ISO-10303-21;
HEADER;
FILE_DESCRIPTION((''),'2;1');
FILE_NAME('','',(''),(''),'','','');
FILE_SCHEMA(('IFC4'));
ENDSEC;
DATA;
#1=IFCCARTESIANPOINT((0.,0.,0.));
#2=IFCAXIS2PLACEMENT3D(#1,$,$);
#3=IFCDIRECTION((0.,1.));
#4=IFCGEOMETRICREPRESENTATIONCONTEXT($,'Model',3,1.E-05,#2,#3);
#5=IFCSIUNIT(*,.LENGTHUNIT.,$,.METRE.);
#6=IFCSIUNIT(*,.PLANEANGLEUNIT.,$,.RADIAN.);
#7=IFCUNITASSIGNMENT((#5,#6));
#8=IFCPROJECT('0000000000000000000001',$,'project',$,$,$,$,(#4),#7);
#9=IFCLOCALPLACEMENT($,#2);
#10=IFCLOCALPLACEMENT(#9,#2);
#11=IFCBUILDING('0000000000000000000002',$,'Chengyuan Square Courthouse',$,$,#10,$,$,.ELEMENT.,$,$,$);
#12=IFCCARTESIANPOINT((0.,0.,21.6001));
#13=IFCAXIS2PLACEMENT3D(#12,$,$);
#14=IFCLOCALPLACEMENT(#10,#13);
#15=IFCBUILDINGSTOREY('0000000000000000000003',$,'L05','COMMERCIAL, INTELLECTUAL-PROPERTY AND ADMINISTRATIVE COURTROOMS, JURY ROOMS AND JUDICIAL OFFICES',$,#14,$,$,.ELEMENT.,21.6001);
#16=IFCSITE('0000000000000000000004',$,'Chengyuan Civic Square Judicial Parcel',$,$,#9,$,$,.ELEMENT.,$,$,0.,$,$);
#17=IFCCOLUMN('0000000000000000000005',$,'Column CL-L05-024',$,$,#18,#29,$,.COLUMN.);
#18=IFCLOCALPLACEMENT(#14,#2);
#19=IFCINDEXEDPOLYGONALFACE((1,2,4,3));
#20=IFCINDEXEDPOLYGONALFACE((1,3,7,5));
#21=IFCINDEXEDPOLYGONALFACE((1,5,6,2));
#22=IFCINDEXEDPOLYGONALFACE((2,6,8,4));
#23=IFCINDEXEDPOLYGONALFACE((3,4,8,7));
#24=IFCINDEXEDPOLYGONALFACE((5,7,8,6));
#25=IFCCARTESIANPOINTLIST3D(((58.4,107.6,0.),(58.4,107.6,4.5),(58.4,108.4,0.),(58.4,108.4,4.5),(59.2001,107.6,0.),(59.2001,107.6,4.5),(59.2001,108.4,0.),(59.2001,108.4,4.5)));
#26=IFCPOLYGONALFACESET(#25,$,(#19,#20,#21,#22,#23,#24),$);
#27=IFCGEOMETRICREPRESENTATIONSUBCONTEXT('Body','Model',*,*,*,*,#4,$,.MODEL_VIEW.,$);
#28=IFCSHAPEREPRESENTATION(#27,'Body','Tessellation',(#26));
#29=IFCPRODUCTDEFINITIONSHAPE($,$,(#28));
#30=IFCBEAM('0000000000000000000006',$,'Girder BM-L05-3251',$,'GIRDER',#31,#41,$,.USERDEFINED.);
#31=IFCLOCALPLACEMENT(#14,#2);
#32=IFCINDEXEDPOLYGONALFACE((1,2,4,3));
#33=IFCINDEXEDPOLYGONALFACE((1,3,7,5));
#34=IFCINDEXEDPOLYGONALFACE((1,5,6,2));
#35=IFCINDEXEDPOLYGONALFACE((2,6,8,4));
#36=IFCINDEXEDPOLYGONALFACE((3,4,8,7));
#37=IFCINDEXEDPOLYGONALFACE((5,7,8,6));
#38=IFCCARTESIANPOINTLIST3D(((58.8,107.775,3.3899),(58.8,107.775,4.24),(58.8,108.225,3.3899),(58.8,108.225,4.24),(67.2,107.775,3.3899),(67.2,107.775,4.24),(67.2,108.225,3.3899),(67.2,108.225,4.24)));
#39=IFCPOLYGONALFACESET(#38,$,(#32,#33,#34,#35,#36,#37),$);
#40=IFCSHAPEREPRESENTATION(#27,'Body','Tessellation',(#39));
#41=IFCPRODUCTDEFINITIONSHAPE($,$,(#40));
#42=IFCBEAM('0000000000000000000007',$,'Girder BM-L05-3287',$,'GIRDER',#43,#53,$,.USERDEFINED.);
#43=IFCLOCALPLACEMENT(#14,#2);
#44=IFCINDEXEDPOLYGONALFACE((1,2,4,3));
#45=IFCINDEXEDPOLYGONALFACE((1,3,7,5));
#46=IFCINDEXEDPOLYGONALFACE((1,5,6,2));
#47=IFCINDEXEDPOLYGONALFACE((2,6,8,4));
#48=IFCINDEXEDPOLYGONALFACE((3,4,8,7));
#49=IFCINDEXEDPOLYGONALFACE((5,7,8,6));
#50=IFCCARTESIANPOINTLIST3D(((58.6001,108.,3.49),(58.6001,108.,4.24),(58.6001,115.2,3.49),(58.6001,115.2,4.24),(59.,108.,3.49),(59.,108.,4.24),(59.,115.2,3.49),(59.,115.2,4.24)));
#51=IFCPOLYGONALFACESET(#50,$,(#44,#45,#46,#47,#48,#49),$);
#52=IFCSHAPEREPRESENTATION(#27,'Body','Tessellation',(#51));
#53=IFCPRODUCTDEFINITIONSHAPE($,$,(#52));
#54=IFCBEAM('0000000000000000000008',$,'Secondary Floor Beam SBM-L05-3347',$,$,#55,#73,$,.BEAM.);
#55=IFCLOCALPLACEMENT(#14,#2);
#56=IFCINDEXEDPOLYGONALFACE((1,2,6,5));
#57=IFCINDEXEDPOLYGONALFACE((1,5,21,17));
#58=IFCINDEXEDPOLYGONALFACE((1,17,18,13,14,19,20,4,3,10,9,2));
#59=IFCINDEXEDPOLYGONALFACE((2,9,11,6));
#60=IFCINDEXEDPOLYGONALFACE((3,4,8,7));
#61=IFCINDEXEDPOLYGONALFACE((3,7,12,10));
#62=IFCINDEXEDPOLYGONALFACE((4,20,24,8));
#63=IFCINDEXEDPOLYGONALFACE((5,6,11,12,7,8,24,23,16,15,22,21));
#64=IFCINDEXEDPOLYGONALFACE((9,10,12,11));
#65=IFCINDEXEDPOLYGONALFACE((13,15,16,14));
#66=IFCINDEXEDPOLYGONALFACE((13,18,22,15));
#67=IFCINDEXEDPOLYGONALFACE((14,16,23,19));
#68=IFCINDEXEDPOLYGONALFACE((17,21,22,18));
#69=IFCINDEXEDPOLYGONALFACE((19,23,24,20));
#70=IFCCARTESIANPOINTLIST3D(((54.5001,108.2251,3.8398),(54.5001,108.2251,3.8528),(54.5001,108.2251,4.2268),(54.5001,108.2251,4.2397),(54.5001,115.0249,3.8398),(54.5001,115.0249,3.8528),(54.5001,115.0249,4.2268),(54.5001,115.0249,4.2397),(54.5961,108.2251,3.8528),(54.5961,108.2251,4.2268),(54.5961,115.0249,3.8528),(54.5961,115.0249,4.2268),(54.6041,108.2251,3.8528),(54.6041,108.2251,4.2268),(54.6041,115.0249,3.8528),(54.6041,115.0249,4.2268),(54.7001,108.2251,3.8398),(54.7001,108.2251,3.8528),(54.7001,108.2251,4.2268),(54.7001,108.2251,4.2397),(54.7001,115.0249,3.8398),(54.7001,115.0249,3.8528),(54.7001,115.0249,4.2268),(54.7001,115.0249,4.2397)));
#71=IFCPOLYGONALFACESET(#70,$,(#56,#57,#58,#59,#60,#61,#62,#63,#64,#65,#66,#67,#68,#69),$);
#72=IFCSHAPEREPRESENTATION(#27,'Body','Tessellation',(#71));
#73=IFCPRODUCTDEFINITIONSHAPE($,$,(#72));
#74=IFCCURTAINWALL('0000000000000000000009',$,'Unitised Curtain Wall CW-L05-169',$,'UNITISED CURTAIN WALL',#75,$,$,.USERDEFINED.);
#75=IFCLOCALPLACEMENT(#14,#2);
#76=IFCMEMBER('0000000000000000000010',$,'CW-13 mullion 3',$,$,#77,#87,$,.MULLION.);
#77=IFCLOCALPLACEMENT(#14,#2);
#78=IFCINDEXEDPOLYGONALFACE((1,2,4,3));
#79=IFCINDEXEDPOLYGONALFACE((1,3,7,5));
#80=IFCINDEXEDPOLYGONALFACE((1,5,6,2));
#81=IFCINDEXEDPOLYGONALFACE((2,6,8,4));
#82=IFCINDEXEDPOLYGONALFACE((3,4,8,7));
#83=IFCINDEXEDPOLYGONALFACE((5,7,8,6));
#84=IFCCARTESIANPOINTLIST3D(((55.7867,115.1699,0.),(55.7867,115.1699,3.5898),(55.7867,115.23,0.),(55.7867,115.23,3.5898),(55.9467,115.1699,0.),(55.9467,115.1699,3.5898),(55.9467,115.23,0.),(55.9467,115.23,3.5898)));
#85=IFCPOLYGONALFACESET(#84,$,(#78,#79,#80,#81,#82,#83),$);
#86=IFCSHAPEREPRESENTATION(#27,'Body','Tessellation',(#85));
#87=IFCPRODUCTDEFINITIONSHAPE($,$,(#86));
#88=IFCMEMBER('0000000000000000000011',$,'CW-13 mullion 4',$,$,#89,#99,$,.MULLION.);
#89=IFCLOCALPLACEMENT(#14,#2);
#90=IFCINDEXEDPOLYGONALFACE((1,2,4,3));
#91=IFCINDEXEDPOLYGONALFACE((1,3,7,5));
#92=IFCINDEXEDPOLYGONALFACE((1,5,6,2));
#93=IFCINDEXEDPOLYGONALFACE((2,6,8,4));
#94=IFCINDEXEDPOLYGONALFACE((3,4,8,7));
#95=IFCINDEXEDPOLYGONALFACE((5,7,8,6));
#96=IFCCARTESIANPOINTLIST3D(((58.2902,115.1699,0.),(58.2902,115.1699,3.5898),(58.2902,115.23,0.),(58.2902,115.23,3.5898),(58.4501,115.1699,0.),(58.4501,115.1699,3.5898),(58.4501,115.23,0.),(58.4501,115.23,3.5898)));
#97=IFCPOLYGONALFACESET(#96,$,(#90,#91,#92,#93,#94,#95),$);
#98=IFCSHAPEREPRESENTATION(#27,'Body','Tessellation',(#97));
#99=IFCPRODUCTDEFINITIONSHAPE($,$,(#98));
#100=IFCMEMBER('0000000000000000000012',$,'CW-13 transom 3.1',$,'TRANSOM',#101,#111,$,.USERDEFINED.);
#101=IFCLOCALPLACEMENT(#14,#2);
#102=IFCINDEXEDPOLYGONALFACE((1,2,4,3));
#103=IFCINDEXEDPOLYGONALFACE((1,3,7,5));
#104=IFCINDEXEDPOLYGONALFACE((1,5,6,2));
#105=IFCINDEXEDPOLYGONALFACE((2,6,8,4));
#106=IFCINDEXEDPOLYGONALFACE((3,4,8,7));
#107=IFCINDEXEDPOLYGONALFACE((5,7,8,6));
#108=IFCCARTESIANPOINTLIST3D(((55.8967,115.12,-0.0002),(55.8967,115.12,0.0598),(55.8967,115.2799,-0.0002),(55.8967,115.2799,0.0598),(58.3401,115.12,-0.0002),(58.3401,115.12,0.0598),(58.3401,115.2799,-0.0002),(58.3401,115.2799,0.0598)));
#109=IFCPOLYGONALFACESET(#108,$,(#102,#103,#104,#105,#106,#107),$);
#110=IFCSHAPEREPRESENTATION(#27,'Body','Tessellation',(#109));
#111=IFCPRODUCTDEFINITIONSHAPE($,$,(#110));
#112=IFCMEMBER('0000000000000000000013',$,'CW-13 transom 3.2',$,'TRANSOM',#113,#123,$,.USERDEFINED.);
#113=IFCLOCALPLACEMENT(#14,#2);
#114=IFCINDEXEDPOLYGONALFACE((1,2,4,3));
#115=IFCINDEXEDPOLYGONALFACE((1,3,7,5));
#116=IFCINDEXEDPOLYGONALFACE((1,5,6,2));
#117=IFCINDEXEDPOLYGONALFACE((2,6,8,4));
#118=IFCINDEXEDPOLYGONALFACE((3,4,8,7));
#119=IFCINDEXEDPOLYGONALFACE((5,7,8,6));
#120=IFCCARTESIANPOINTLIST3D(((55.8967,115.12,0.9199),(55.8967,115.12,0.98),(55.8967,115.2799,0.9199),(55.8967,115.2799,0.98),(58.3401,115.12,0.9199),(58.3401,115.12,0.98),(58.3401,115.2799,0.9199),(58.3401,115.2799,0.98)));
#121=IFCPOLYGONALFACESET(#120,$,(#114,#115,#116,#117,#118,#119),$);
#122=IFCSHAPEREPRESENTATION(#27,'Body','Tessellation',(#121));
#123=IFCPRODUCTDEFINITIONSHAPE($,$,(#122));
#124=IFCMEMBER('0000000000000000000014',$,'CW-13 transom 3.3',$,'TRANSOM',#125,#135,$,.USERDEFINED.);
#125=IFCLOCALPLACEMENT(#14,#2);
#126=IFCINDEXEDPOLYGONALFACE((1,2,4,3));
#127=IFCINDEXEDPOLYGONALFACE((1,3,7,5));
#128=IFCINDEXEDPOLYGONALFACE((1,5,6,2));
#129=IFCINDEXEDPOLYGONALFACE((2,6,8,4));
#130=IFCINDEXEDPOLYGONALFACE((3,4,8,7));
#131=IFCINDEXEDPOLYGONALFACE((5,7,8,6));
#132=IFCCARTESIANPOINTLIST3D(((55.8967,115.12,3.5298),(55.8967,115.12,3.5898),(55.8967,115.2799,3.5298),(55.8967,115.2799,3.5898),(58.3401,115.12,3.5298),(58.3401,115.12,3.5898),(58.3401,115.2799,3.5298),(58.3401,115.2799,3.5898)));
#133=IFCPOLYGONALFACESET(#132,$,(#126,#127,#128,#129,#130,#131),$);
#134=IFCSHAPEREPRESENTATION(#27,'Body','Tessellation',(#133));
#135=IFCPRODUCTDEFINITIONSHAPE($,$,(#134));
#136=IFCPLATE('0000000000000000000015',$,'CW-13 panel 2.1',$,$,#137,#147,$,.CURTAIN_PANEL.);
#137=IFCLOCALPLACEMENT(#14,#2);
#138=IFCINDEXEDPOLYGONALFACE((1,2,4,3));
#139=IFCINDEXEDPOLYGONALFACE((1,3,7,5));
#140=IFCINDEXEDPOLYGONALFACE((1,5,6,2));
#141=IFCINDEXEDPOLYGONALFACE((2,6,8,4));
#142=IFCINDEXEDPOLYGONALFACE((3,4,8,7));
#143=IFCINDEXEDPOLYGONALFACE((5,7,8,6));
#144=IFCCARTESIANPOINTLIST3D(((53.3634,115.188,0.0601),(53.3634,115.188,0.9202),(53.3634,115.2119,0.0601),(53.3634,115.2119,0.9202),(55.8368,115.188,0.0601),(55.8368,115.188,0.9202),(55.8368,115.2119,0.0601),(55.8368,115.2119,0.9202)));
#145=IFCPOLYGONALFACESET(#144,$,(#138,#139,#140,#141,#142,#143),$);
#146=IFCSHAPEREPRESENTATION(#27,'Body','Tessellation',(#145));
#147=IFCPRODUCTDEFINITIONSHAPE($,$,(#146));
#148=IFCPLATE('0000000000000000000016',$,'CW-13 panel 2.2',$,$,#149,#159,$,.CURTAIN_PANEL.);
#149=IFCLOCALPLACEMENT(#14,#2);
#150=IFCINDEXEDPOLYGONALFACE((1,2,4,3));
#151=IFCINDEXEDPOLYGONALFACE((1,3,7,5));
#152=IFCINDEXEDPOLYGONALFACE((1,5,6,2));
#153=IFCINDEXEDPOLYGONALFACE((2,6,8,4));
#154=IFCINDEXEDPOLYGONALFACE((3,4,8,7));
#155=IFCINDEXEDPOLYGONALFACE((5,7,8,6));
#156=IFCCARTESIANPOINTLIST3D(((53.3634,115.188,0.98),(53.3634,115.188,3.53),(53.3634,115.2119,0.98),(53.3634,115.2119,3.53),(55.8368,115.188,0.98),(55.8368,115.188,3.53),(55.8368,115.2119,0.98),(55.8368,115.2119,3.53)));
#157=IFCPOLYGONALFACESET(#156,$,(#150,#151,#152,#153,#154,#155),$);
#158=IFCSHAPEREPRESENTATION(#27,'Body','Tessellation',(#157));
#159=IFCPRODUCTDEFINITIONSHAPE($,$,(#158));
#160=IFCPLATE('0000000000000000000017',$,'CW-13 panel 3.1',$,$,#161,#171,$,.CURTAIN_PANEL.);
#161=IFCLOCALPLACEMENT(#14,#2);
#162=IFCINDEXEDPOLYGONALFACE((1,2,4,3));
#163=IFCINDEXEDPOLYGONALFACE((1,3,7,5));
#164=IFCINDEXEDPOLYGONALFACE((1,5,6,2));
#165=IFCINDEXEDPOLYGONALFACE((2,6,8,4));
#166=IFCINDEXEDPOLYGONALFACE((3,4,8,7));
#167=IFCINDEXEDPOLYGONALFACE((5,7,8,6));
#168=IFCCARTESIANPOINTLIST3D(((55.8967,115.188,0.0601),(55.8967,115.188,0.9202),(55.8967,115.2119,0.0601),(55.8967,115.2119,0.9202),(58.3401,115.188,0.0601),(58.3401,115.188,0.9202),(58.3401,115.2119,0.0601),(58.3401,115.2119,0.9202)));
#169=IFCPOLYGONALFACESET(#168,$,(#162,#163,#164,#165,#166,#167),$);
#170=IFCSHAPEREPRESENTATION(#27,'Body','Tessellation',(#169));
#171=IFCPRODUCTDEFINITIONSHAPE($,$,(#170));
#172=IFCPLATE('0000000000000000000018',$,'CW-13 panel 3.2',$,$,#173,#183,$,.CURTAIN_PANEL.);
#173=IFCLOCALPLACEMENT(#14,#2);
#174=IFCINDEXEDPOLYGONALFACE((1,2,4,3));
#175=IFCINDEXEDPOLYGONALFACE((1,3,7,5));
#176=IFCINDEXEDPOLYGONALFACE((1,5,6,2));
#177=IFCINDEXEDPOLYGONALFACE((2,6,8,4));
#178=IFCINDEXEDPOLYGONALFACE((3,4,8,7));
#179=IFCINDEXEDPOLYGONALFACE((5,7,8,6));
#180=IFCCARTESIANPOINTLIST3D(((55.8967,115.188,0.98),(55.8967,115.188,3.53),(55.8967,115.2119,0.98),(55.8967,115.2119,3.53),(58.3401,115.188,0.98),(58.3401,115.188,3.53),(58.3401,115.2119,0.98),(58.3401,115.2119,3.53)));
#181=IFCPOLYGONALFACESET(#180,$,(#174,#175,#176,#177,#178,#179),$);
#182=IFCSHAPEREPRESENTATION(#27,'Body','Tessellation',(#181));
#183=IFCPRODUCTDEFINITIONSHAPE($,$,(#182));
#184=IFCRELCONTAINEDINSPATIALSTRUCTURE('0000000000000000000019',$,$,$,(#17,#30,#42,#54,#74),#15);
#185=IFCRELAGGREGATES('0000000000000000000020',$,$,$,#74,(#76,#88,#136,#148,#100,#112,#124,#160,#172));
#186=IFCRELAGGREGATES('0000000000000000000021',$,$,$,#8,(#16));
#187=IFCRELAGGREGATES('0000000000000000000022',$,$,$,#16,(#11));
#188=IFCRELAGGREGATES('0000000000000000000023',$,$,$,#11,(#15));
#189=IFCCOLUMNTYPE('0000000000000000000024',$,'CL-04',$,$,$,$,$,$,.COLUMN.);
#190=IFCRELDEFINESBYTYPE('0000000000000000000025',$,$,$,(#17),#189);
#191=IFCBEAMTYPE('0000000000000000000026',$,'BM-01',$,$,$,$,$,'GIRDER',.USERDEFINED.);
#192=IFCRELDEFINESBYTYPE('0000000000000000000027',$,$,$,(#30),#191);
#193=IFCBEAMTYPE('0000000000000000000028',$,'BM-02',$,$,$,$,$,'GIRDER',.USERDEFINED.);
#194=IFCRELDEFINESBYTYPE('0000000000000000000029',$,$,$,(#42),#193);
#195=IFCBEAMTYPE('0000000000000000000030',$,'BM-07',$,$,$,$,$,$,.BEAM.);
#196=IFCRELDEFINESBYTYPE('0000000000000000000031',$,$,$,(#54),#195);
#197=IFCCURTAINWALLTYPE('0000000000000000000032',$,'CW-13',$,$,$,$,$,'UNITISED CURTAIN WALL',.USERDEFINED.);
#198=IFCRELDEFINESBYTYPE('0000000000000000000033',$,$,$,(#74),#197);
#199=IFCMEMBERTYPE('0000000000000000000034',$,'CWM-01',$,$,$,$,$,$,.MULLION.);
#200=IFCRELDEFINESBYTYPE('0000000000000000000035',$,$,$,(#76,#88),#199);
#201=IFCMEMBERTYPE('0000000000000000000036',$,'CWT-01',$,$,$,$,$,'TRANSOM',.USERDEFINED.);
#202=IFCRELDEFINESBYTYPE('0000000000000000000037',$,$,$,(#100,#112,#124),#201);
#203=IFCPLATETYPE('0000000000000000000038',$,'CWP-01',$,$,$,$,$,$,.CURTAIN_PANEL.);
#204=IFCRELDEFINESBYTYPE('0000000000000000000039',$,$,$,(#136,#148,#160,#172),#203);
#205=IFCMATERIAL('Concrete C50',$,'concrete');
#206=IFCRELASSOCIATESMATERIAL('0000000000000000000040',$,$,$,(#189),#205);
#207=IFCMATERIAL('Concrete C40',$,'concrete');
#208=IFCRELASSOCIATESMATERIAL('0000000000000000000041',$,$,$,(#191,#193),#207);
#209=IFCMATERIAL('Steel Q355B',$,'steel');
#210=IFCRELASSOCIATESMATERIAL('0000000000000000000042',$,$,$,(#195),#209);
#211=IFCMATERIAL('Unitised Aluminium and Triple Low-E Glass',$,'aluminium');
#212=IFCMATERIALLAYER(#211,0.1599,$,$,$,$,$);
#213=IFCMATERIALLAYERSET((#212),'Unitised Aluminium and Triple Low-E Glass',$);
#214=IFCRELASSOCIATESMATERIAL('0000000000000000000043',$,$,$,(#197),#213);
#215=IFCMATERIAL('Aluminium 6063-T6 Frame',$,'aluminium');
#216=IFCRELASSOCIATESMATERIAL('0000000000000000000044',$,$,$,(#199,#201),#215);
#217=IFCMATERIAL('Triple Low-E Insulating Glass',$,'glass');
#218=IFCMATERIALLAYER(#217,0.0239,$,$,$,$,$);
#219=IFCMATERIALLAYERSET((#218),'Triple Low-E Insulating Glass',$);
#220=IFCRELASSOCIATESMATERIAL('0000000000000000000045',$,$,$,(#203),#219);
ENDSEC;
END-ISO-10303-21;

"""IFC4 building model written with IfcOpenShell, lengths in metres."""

from ifc_helpers import new_model, si_unit, direction, frame, origin, origin_2d, place, context, subcontext, project, spatial, rectangle, i_section, extrude, material, layer, layer_set, material_profile, profile_set, type_object, element, aggregate, save


model = new_model("IFC4")

# Units and contexts
model_context = context("Model", 3, precision=1e-05, world=origin(), true_north=direction((0.0, 1.0)))
body_context = subcontext(model_context, "Body", "Model", "MODEL_VIEW")
ifc_project = project(units=[si_unit("LENGTHUNIT", "METRE"), si_unit("PLANEANGLEUNIT", "RADIAN")], contexts=[model_context])

# Site, building, storey
site_placement = place(None, origin())
site = spatial("IfcSite", under=ifc_project, at=site_placement, Name="Chengyuan Civic Square Judicial Parcel", CompositionType="ELEMENT", RefElevation=0.0)
building_placement = place(site_placement, origin())
building = spatial("IfcBuilding", under=site, at=building_placement, Name="Chengyuan Square Courthouse", CompositionType="ELEMENT")
storey_placement = place(building_placement, frame((0.0, 0.0, 21.6001)))
storey = spatial("IfcBuildingStorey", under=building, at=storey_placement, Name="L05", Description="COMMERCIAL, INTELLECTUAL-PROPERTY AND ADMINISTRATIVE COURTROOMS, JURY ROOMS AND JUDICIAL OFFICES", CompositionType="ELEMENT", Elevation=21.6001)

# Column
ifc_material_1 = material(Name="Concrete C50", Category="concrete")
ifc_material_profile_1 = material_profile(ifc_material_1, rectangle(XDim=0.8, YDim=0.8, at=origin_2d()), Name="RC-COL-800x800")
ifc_profile_set_1 = profile_set([ifc_material_profile_1], Name="Concrete C50")
column_type = type_object("IfcColumnType", Name="CL-04", PredefinedType="COLUMN", material=ifc_profile_set_1)
column_placement = place(storey_placement, frame((58.8, 108.0, 0.0), z_axis=(0.0, 0.0, 1.0), x_axis=(1.0, 0.0, 0.0)))
element("IfcColumn", 1, at=column_placement, inside=storey, type_object=column_type, Name="Column CL-L05-024", PredefinedType="COLUMN", context=body_context, shape_type="SweptSolid", body=[
    extrude(rectangle(XDim=0.8, YDim=0.8, at=origin_2d()), origin(), (0.0, 0.0, 1.0), 4.5),
])

# Beams
ifc_material_2 = material(Name="Concrete C40", Category="concrete")
ifc_material_profile_2 = material_profile(ifc_material_2, rectangle(XDim=0.45, YDim=0.8501, at=origin_2d()), Name="RC-BM-450x850")
ifc_profile_set_2 = profile_set([ifc_material_profile_2], Name="Concrete C40")
beam_type_1 = type_object("IfcBeamType", Name="BM-01", ElementType="GIRDER", PredefinedType="USERDEFINED", material=ifc_profile_set_2)
beam_1_placement = place(storey_placement, frame((58.8, 108.0, 3.8149), z_axis=(1.0, 0.0, 0.0), x_axis=(0.0, 1.0, 0.0)))
element("IfcBeam", 2, at=beam_1_placement, inside=storey, type_object=beam_type_1, Name="Girder BM-L05-3251", ObjectType="GIRDER", PredefinedType="USERDEFINED", context=body_context, shape_type="SweptSolid", body=[
    extrude(rectangle(XDim=0.45, YDim=0.8501, at=origin_2d()), origin(), (0.0, 0.0, 1.0), 8.3999),
])
ifc_material_profile_3 = material_profile(ifc_material_2, rectangle(XDim=0.3999, YDim=0.75, at=origin_2d()), Name="RC-BM-400x750")
ifc_profile_set_3 = profile_set([ifc_material_profile_3], Name="Concrete C40")
beam_type_2 = type_object("IfcBeamType", Name="BM-02", ElementType="GIRDER", PredefinedType="USERDEFINED", material=ifc_profile_set_3)
beam_2_placement = place(storey_placement, frame((58.8, 108.0, 3.865), z_axis=(0.0, 1.0, 0.0), x_axis=(-1.0, 0.0, 0.0)))
element("IfcBeam", 3, at=beam_2_placement, inside=storey, type_object=beam_type_2, Name="Girder BM-L05-3287", ObjectType="GIRDER", PredefinedType="USERDEFINED", context=body_context, shape_type="SweptSolid", body=[
    extrude(rectangle(XDim=0.3999, YDim=0.75, at=origin_2d()), origin(), (0.0, 0.0, 1.0), 7.2),
])
ifc_material_3 = material(Name="Steel Q355B", Category="steel")
ifc_material_profile_4 = material_profile(ifc_material_3, i_section(OverallWidth=0.2, OverallDepth=0.3999, WebThickness=0.0081, FlangeThickness=0.0129, at=origin_2d()), Name="HN 400x200x8x13")
ifc_profile_set_4 = profile_set([ifc_material_profile_4], Name="Steel Q355B")
beam_type_3 = type_object("IfcBeamType", Name="BM-07", PredefinedType="BEAM", material=ifc_profile_set_4)
beam_3_placement = place(storey_placement, frame((54.6001, 108.2251, 4.0398), z_axis=(0.0, 1.0, 0.0), x_axis=(-1.0, 0.0, 0.0)))
element("IfcBeam", 4, at=beam_3_placement, inside=storey, type_object=beam_type_3, Name="Secondary Floor Beam SBM-L05-3347", PredefinedType="BEAM", context=body_context, shape_type="SweptSolid", body=[
    extrude(i_section(OverallWidth=0.2, OverallDepth=0.3999, WebThickness=0.0081, FlangeThickness=0.0129, at=origin_2d()), origin(), (0.0, 0.0, 1.0), 6.7998),
])

# Curtain wall, members, plates
ifc_material_4 = material(Name="Unitised Aluminium and Triple Low-E Glass", Category="aluminium")
ifc_layer_1 = layer(ifc_material_4, 0.1599)
ifc_layer_set_1 = layer_set([ifc_layer_1], Name="Unitised Aluminium and Triple Low-E Glass")
curtain_wall_type = type_object("IfcCurtainWallType", Name="CW-13", ElementType="UNITISED CURTAIN WALL", PredefinedType="USERDEFINED", material=ifc_layer_set_1)
curtain_wall_placement = place(storey_placement, origin())
curtain_wall = element("IfcCurtainWall", 5, at=curtain_wall_placement, inside=storey, type_object=curtain_wall_type, Name="Unitised Curtain Wall CW-L05-169", ObjectType="UNITISED CURTAIN WALL", PredefinedType="USERDEFINED")
ifc_material_5 = material(Name="Aluminium 6063-T6 Frame", Category="aluminium")
ifc_material_profile_5 = material_profile(ifc_material_5, rectangle(XDim=0.0601, YDim=0.1599, at=origin_2d()), Name="CW-MUL-60x160")
ifc_profile_set_5 = profile_set([ifc_material_profile_5], Name="Aluminium 6063-T6 Frame")
member_type_1 = type_object("IfcMemberType", Name="CWM-01", PredefinedType="MULLION", material=ifc_profile_set_5)
member_1_placement = place(storey_placement, frame((55.8667, 115.2, 0.0), z_axis=(0.0, 0.0, 1.0), x_axis=(0.0, 1.0, 0.0)))
member_1 = element("IfcMember", 6, at=member_1_placement, type_object=member_type_1, Name="CW-13 mullion 3", PredefinedType="MULLION", context=body_context, shape_type="SweptSolid", body=[
    extrude(rectangle(XDim=0.0601, YDim=0.1599, at=origin_2d()), origin(), (0.0, 0.0, 1.0), 3.5898),
])
member_2_placement = place(storey_placement, frame((58.3701, 115.2, 0.0), z_axis=(0.0, 0.0, 1.0), x_axis=(0.0, 1.0, 0.0)))
member_2 = element("IfcMember", 7, at=member_2_placement, type_object=member_type_1, Name="CW-13 mullion 4", PredefinedType="MULLION", context=body_context, shape_type="SweptSolid", body=[
    extrude(rectangle(XDim=0.0601, YDim=0.1599, at=origin_2d()), origin(), (0.0, 0.0, 1.0), 3.5898),
])
ifc_material_profile_6 = material_profile(ifc_material_5, rectangle(XDim=0.1599, YDim=0.0601, at=origin_2d()), Name="CW-TRN-60x120")
ifc_profile_set_6 = profile_set([ifc_material_profile_6], Name="Aluminium 6063-T6 Frame")
member_type_2 = type_object("IfcMemberType", Name="CWT-01", ElementType="TRANSOM", PredefinedType="USERDEFINED", material=ifc_profile_set_6)
member_3_placement = place(storey_placement, frame((55.8967, 115.2, 0.0298), z_axis=(1.0, 0.0, 0.0), x_axis=(0.0, 1.0, 0.0)))
member_3 = element("IfcMember", 8, at=member_3_placement, type_object=member_type_2, Name="CW-13 transom 3.1", ObjectType="TRANSOM", PredefinedType="USERDEFINED", context=body_context, shape_type="SweptSolid", body=[
    extrude(rectangle(XDim=0.1599, YDim=0.0601, at=origin_2d()), origin(), (0.0, 0.0, 1.0), 2.4434),
])
member_4_placement = place(storey_placement, frame((55.8967, 115.2, 0.95), z_axis=(1.0, 0.0, 0.0), x_axis=(0.0, 1.0, 0.0)))
member_4 = element("IfcMember", 9, at=member_4_placement, type_object=member_type_2, Name="CW-13 transom 3.2", ObjectType="TRANSOM", PredefinedType="USERDEFINED", context=body_context, shape_type="SweptSolid", body=[
    extrude(rectangle(XDim=0.1599, YDim=0.0601, at=origin_2d()), origin(), (0.0, 0.0, 1.0), 2.4434),
])
member_5_placement = place(storey_placement, frame((55.8967, 115.2, 3.5598), z_axis=(1.0, 0.0, 0.0), x_axis=(0.0, 1.0, 0.0)))
member_5 = element("IfcMember", 10, at=member_5_placement, type_object=member_type_2, Name="CW-13 transom 3.3", ObjectType="TRANSOM", PredefinedType="USERDEFINED", context=body_context, shape_type="SweptSolid", body=[
    extrude(rectangle(XDim=0.1599, YDim=0.0601, at=origin_2d()), origin(), (0.0, 0.0, 1.0), 2.4434),
])
ifc_material_6 = material(Name="Triple Low-E Insulating Glass", Category="glass")
ifc_layer_2 = layer(ifc_material_6, 0.0239)
ifc_layer_set_2 = layer_set([ifc_layer_2], Name="Triple Low-E Insulating Glass")
plate_type = type_object("IfcPlateType", Name="CWP-01", PredefinedType="CURTAIN_PANEL", material=ifc_layer_set_2)
plate_1_placement = place(storey_placement, frame((54.6001, 115.2, 0.0601), z_axis=(0.0, 0.0, 1.0), x_axis=(1.0, 0.0, 0.0)))
plate_1 = element("IfcPlate", 11, at=plate_1_placement, type_object=plate_type, Name="CW-13 panel 2.1", PredefinedType="CURTAIN_PANEL", context=body_context, shape_type="SweptSolid", body=[
    extrude(rectangle(XDim=2.4734, YDim=0.0239, at=origin_2d()), origin(), (0.0, 0.0, 1.0), 0.8601),
])
plate_2_placement = place(storey_placement, frame((54.6001, 115.2, 0.98), z_axis=(0.0, 0.0, 1.0), x_axis=(1.0, 0.0, 0.0)))
plate_2 = element("IfcPlate", 12, at=plate_2_placement, type_object=plate_type, Name="CW-13 panel 2.2", PredefinedType="CURTAIN_PANEL", context=body_context, shape_type="SweptSolid", body=[
    extrude(rectangle(XDim=2.4734, YDim=0.0239, at=origin_2d()), origin(), (0.0, 0.0, 1.0), 2.55),
])
plate_3_placement = place(storey_placement, frame((57.1184, 115.2, 0.0601), z_axis=(0.0, 0.0, 1.0), x_axis=(1.0, 0.0, 0.0)))
plate_3 = element("IfcPlate", 13, at=plate_3_placement, type_object=plate_type, Name="CW-13 panel 3.1", PredefinedType="CURTAIN_PANEL", context=body_context, shape_type="SweptSolid", body=[
    extrude(rectangle(XDim=2.4434, YDim=0.0239, at=origin_2d()), origin(), (0.0, 0.0, 1.0), 0.8601),
])
plate_4_placement = place(storey_placement, frame((57.1184, 115.2, 0.98), z_axis=(0.0, 0.0, 1.0), x_axis=(1.0, 0.0, 0.0)))
plate_4 = element("IfcPlate", 14, at=plate_4_placement, type_object=plate_type, Name="CW-13 panel 3.2", PredefinedType="CURTAIN_PANEL", context=body_context, shape_type="SweptSolid", body=[
    extrude(rectangle(XDim=2.4434, YDim=0.0239, at=origin_2d()), origin(), (0.0, 0.0, 1.0), 2.55),
])
aggregate(curtain_wall, [member_1, member_2, plate_1, plate_2, member_3, member_4, member_5, plate_3, plate_4])

save(model, "model.ifc")
